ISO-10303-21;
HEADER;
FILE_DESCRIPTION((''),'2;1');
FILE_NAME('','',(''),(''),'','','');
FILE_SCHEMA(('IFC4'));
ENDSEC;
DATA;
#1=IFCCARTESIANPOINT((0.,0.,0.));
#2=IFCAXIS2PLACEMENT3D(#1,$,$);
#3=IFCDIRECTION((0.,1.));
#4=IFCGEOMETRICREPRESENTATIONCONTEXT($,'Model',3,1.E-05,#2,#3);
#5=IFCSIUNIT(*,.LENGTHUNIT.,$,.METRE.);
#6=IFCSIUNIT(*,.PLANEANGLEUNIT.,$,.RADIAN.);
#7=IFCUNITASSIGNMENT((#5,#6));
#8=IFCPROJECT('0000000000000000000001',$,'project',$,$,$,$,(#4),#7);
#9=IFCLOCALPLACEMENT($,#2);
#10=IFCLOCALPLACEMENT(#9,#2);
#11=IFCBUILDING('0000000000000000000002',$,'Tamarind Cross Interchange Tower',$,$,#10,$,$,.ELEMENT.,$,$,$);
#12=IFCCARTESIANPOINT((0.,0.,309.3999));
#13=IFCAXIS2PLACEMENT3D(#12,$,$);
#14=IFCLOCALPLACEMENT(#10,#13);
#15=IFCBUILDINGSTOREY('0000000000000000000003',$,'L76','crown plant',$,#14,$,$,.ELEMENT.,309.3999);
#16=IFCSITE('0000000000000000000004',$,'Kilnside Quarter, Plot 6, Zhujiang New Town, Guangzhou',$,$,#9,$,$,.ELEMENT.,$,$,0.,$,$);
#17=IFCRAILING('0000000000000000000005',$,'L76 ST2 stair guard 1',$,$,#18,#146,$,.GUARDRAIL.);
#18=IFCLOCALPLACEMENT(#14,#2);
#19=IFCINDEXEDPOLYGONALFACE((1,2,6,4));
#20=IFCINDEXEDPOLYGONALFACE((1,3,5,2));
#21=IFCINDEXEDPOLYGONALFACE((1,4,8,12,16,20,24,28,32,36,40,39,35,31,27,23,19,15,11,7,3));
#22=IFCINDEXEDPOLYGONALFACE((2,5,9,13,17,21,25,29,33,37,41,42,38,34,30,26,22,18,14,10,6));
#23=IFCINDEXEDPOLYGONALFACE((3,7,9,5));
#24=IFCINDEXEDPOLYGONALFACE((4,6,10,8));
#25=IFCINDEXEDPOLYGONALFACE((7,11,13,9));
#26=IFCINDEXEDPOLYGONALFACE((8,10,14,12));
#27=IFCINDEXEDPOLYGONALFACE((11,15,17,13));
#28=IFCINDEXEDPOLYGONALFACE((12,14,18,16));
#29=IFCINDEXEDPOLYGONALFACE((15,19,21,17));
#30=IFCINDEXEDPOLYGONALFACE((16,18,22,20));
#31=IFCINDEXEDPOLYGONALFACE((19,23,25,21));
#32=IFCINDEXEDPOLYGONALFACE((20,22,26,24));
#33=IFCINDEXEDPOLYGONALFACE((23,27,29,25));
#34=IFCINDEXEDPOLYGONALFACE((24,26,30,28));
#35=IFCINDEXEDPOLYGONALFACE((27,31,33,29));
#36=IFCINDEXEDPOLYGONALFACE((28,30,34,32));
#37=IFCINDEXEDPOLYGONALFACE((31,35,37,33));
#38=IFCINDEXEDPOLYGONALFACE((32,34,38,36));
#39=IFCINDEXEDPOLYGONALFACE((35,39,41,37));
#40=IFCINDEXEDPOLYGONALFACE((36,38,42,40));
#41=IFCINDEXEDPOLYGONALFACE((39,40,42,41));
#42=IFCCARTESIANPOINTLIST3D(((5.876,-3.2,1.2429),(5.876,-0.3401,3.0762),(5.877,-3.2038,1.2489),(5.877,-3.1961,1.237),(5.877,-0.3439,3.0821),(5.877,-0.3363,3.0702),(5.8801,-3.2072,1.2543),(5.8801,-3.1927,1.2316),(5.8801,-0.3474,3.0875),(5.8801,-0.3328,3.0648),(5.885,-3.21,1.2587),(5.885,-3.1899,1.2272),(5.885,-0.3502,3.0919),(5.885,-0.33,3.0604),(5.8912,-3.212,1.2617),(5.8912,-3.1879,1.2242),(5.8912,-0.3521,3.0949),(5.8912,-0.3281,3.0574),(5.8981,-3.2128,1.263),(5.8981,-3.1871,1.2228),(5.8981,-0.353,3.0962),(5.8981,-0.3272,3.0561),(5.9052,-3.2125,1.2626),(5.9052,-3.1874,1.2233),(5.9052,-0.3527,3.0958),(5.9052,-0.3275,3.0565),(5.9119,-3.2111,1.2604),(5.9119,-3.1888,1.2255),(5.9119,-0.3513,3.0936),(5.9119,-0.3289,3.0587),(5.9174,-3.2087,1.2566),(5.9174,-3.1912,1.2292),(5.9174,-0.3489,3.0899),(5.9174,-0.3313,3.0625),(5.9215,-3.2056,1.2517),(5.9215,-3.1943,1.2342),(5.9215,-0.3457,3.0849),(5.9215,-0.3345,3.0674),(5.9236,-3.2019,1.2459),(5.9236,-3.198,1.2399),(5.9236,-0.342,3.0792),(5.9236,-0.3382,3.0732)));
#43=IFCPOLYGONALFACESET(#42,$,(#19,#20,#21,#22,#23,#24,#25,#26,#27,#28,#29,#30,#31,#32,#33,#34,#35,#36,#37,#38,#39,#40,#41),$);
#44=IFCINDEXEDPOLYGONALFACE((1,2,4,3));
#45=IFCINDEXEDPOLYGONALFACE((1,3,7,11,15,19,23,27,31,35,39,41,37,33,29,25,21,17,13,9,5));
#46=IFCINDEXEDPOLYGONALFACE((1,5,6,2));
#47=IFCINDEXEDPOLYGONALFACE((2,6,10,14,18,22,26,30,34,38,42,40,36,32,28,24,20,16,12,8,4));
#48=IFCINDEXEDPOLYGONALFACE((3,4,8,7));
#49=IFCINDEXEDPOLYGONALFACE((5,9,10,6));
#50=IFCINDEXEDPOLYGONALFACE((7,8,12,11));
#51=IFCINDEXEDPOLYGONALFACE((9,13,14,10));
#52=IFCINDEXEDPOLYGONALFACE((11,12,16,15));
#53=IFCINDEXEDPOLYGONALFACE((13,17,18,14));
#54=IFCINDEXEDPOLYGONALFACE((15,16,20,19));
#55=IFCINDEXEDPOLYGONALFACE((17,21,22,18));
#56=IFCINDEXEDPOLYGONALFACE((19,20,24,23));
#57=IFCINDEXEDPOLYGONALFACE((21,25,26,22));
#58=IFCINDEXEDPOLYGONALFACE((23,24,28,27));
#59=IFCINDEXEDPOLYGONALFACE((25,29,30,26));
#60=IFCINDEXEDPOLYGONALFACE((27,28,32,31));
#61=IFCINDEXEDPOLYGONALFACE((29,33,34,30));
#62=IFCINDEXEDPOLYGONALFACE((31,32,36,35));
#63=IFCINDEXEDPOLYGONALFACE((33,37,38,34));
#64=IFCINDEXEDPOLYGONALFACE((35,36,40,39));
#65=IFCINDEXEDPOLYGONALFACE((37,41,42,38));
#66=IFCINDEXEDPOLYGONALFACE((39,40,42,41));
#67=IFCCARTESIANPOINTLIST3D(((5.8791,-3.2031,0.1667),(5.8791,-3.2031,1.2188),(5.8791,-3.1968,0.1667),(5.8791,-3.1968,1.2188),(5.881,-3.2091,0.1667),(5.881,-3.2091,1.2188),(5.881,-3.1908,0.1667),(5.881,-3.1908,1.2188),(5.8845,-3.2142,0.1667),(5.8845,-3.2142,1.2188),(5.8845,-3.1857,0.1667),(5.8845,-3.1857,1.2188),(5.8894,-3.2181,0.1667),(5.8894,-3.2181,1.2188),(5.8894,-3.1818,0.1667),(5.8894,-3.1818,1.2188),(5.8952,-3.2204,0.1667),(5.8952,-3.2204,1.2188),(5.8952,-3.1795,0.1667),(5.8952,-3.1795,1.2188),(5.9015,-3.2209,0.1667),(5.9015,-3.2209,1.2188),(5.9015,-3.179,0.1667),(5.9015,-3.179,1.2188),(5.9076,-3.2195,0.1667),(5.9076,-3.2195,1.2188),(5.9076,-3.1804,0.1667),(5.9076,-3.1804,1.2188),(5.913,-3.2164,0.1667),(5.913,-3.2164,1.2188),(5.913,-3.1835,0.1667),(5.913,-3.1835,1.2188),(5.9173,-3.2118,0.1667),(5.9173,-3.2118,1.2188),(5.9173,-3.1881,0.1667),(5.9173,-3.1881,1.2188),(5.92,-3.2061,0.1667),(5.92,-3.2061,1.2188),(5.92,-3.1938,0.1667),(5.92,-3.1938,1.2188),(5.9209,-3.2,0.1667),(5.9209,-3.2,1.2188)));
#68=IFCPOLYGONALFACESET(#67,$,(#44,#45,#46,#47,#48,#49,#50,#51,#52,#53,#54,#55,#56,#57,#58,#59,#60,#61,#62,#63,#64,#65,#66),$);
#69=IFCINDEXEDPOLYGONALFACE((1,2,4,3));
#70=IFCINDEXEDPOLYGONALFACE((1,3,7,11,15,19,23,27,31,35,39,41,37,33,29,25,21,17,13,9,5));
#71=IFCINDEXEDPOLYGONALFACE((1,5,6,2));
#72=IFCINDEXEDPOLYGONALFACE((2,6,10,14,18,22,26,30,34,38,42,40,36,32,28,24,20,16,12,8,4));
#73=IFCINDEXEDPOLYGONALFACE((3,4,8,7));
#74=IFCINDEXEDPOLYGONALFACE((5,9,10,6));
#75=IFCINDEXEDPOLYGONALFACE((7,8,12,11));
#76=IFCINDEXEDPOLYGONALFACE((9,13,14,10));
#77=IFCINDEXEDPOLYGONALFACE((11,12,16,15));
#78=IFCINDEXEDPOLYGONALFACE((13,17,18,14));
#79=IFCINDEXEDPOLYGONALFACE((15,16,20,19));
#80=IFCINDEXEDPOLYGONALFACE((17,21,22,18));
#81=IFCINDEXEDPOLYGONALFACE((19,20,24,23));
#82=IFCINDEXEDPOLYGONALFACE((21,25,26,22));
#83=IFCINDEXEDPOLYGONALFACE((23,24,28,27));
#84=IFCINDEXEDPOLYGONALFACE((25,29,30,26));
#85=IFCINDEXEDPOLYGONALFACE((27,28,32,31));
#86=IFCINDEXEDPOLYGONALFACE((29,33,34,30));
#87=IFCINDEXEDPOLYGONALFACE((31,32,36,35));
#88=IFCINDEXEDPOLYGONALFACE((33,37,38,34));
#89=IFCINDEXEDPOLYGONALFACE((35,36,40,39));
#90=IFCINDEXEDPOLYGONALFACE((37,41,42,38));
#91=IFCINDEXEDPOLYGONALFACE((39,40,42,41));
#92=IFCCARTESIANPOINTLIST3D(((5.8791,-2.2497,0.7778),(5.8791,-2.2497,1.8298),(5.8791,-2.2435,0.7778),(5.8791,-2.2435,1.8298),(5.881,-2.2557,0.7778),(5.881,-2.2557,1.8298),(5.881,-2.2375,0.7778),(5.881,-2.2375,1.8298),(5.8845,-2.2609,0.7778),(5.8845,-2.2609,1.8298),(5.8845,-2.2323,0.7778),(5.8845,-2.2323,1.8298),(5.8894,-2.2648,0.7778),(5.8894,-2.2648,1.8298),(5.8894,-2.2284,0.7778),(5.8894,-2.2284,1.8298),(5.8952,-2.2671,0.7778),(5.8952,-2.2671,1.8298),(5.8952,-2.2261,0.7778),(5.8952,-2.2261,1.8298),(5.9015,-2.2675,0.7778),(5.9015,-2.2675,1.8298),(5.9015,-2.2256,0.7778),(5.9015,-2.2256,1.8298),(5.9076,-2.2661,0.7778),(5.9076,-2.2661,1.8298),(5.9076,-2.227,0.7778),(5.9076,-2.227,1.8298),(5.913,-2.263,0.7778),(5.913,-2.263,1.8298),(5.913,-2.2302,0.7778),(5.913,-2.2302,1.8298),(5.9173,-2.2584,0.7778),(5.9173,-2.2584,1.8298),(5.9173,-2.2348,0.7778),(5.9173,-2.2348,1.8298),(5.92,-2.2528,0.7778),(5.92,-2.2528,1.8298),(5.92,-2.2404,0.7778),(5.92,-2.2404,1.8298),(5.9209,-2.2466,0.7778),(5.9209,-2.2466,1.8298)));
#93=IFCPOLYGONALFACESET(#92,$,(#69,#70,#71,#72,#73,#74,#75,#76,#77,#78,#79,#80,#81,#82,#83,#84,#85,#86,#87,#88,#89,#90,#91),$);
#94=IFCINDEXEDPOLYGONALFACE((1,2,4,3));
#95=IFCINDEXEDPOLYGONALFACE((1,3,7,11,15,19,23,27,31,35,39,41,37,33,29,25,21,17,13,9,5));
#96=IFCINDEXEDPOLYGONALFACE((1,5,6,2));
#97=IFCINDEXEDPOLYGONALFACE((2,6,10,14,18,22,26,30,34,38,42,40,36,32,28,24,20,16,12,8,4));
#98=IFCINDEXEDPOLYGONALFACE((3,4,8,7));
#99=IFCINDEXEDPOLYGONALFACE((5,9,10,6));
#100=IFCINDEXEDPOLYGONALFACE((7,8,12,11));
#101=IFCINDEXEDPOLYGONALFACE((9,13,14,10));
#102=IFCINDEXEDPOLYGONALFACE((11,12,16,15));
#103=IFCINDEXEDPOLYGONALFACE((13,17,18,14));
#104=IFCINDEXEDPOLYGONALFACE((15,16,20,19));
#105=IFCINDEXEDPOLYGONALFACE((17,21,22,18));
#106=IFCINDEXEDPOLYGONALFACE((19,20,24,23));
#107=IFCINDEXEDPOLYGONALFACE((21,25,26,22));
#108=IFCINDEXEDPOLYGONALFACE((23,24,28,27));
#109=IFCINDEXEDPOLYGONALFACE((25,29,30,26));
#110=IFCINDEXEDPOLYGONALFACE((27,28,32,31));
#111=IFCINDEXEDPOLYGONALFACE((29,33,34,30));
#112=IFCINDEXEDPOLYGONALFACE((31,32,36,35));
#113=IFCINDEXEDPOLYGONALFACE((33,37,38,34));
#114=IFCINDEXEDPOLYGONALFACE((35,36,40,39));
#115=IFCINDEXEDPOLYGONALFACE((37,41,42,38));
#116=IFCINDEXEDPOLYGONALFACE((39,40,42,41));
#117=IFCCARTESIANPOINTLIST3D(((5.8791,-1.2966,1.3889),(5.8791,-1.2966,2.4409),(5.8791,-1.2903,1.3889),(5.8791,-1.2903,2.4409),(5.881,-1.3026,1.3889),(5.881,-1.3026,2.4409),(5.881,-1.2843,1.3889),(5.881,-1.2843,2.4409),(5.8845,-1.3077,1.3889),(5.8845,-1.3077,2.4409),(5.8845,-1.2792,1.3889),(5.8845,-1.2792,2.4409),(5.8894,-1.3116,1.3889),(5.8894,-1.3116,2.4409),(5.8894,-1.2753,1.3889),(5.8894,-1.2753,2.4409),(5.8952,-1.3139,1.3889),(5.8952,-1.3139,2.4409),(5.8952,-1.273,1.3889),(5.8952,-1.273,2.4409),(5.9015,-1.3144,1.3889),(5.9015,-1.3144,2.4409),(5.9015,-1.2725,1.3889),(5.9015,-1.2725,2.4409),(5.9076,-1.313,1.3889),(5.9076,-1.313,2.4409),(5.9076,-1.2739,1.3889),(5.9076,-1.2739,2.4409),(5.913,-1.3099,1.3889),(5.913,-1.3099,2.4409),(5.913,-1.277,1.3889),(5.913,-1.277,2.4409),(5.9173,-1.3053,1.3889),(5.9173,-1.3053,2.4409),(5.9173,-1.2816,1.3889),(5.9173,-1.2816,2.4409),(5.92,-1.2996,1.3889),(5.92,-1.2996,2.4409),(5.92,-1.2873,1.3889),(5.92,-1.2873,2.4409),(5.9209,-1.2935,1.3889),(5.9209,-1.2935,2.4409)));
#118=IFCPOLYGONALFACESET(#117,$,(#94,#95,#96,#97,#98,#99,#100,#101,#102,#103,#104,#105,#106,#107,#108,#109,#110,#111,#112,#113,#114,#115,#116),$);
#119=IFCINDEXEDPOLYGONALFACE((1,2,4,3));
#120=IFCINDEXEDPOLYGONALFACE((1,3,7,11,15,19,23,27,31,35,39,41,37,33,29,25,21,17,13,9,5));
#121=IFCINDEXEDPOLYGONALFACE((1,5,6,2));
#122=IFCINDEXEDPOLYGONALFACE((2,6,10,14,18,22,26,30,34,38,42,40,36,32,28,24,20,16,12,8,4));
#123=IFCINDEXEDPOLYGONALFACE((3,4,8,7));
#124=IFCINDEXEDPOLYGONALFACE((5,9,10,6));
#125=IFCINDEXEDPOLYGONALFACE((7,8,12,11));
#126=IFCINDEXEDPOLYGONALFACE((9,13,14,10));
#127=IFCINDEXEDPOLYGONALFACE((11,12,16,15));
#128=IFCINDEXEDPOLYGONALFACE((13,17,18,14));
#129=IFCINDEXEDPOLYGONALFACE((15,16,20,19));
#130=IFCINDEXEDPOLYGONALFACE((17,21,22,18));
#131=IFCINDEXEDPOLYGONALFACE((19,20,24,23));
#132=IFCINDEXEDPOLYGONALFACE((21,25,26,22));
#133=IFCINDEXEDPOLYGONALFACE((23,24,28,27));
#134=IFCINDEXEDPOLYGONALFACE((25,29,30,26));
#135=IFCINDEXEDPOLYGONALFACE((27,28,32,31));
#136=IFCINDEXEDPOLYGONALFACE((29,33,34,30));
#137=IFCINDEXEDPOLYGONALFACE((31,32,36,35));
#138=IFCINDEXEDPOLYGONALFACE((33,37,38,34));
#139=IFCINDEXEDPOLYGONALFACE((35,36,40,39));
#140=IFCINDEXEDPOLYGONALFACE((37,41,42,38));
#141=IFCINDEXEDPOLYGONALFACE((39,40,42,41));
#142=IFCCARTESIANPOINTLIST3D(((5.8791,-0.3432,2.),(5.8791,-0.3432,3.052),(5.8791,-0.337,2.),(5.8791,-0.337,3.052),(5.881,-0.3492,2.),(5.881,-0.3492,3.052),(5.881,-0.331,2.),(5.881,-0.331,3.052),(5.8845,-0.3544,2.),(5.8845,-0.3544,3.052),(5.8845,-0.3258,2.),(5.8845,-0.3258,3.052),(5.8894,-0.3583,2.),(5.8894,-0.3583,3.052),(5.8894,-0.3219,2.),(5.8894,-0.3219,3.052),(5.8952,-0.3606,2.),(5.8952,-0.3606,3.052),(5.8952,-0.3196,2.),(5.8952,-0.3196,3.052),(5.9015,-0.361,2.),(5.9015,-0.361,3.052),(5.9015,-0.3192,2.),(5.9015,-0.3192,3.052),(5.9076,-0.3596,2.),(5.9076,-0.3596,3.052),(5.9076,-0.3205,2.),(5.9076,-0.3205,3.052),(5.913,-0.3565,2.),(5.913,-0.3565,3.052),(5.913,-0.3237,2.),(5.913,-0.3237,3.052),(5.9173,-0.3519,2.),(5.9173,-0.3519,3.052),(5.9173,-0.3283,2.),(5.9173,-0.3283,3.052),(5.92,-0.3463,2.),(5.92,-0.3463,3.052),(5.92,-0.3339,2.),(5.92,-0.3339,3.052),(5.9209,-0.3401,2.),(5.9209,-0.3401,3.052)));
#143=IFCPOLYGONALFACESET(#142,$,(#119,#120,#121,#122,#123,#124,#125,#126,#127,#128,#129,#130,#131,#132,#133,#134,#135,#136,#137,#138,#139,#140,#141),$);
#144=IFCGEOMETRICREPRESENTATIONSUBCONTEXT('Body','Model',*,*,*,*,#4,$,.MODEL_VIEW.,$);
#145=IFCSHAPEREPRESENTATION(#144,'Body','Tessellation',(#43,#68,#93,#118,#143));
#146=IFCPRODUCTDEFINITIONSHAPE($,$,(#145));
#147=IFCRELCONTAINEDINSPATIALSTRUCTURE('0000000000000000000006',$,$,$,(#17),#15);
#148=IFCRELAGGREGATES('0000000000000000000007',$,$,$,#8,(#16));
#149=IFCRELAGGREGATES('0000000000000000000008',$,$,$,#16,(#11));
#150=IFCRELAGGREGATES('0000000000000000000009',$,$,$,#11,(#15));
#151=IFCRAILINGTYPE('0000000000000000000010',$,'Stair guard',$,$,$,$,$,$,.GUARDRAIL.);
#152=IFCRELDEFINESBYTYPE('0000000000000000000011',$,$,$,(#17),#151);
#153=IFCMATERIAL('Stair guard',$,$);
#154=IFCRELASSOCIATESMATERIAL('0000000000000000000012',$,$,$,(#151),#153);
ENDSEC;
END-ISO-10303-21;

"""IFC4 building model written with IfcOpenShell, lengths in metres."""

from ifc_helpers import new_model, si_unit, direction, frame, origin, origin_2d, place, context, subcontext, project, spatial, circle, extrude, material, type_object, element, save


model = new_model("IFC4")

# Units and contexts
model_context = context("Model", 3, precision=1e-05, world=origin(), true_north=direction((0.0, 1.0)))
body_context = subcontext(model_context, "Body", "Model", "MODEL_VIEW")
ifc_project = project(units=[si_unit("LENGTHUNIT", "METRE"), si_unit("PLANEANGLEUNIT", "RADIAN")], contexts=[model_context])

# Site, building, storey
site_placement = place(None, origin())
site = spatial("IfcSite", under=ifc_project, at=site_placement, Name="Kilnside Quarter, Plot 6, Zhujiang New Town, Guangzhou", CompositionType="ELEMENT", RefElevation=0.0)
building_placement = place(site_placement, origin())
building = spatial("IfcBuilding", under=site, at=building_placement, Name="Tamarind Cross Interchange Tower", CompositionType="ELEMENT")
storey_placement = place(building_placement, frame((0.0, 0.0, 309.3999)))
storey = spatial("IfcBuildingStorey", under=building, at=storey_placement, Name="L76", Description="crown plant", CompositionType="ELEMENT", Elevation=309.3999)

# Railing
ifc_material_1 = material(Name="Stair guard")
railing_type_1 = type_object("IfcRailingType", Name="Stair guard", PredefinedType="GUARDRAIL", material=ifc_material_1)
railing_1_placement = place(storey_placement, frame((5.8999, -3.2, 0.1667)))
element("IfcRailing", 1, at=railing_1_placement, inside=storey, type_object=railing_type_1, Name="L76 ST2 stair guard 1", PredefinedType="GUARDRAIL", context=body_context, shape_type="SweptSolid", body=[
    extrude(circle(Radius=0.0239, at=origin_2d()), frame((0.0, 0.0, 1.0762), z_axis=(0.0, 0.841878, 0.539667), x_axis=(-1.0, 0.0, 0.0)), (0.0, 0.0, 1.0), 3.397),
    extrude(circle(Radius=0.021, at=origin_2d()), origin(), (0.0, 0.0, 1.0), 1.052),
    extrude(circle(Radius=0.021, at=origin_2d()), frame((0.0, 0.9534, 0.6111)), (0.0, 0.0, 1.0), 1.052),
    extrude(circle(Radius=0.021, at=origin_2d()), frame((0.0, 1.9065, 1.2222)), (0.0, 0.0, 1.0), 1.052),
    extrude(circle(Radius=0.021, at=origin_2d()), frame((0.0, 2.8599, 1.8333)), (0.0, 0.0, 1.0), 1.052),
])

save(model, "model.ifc")
